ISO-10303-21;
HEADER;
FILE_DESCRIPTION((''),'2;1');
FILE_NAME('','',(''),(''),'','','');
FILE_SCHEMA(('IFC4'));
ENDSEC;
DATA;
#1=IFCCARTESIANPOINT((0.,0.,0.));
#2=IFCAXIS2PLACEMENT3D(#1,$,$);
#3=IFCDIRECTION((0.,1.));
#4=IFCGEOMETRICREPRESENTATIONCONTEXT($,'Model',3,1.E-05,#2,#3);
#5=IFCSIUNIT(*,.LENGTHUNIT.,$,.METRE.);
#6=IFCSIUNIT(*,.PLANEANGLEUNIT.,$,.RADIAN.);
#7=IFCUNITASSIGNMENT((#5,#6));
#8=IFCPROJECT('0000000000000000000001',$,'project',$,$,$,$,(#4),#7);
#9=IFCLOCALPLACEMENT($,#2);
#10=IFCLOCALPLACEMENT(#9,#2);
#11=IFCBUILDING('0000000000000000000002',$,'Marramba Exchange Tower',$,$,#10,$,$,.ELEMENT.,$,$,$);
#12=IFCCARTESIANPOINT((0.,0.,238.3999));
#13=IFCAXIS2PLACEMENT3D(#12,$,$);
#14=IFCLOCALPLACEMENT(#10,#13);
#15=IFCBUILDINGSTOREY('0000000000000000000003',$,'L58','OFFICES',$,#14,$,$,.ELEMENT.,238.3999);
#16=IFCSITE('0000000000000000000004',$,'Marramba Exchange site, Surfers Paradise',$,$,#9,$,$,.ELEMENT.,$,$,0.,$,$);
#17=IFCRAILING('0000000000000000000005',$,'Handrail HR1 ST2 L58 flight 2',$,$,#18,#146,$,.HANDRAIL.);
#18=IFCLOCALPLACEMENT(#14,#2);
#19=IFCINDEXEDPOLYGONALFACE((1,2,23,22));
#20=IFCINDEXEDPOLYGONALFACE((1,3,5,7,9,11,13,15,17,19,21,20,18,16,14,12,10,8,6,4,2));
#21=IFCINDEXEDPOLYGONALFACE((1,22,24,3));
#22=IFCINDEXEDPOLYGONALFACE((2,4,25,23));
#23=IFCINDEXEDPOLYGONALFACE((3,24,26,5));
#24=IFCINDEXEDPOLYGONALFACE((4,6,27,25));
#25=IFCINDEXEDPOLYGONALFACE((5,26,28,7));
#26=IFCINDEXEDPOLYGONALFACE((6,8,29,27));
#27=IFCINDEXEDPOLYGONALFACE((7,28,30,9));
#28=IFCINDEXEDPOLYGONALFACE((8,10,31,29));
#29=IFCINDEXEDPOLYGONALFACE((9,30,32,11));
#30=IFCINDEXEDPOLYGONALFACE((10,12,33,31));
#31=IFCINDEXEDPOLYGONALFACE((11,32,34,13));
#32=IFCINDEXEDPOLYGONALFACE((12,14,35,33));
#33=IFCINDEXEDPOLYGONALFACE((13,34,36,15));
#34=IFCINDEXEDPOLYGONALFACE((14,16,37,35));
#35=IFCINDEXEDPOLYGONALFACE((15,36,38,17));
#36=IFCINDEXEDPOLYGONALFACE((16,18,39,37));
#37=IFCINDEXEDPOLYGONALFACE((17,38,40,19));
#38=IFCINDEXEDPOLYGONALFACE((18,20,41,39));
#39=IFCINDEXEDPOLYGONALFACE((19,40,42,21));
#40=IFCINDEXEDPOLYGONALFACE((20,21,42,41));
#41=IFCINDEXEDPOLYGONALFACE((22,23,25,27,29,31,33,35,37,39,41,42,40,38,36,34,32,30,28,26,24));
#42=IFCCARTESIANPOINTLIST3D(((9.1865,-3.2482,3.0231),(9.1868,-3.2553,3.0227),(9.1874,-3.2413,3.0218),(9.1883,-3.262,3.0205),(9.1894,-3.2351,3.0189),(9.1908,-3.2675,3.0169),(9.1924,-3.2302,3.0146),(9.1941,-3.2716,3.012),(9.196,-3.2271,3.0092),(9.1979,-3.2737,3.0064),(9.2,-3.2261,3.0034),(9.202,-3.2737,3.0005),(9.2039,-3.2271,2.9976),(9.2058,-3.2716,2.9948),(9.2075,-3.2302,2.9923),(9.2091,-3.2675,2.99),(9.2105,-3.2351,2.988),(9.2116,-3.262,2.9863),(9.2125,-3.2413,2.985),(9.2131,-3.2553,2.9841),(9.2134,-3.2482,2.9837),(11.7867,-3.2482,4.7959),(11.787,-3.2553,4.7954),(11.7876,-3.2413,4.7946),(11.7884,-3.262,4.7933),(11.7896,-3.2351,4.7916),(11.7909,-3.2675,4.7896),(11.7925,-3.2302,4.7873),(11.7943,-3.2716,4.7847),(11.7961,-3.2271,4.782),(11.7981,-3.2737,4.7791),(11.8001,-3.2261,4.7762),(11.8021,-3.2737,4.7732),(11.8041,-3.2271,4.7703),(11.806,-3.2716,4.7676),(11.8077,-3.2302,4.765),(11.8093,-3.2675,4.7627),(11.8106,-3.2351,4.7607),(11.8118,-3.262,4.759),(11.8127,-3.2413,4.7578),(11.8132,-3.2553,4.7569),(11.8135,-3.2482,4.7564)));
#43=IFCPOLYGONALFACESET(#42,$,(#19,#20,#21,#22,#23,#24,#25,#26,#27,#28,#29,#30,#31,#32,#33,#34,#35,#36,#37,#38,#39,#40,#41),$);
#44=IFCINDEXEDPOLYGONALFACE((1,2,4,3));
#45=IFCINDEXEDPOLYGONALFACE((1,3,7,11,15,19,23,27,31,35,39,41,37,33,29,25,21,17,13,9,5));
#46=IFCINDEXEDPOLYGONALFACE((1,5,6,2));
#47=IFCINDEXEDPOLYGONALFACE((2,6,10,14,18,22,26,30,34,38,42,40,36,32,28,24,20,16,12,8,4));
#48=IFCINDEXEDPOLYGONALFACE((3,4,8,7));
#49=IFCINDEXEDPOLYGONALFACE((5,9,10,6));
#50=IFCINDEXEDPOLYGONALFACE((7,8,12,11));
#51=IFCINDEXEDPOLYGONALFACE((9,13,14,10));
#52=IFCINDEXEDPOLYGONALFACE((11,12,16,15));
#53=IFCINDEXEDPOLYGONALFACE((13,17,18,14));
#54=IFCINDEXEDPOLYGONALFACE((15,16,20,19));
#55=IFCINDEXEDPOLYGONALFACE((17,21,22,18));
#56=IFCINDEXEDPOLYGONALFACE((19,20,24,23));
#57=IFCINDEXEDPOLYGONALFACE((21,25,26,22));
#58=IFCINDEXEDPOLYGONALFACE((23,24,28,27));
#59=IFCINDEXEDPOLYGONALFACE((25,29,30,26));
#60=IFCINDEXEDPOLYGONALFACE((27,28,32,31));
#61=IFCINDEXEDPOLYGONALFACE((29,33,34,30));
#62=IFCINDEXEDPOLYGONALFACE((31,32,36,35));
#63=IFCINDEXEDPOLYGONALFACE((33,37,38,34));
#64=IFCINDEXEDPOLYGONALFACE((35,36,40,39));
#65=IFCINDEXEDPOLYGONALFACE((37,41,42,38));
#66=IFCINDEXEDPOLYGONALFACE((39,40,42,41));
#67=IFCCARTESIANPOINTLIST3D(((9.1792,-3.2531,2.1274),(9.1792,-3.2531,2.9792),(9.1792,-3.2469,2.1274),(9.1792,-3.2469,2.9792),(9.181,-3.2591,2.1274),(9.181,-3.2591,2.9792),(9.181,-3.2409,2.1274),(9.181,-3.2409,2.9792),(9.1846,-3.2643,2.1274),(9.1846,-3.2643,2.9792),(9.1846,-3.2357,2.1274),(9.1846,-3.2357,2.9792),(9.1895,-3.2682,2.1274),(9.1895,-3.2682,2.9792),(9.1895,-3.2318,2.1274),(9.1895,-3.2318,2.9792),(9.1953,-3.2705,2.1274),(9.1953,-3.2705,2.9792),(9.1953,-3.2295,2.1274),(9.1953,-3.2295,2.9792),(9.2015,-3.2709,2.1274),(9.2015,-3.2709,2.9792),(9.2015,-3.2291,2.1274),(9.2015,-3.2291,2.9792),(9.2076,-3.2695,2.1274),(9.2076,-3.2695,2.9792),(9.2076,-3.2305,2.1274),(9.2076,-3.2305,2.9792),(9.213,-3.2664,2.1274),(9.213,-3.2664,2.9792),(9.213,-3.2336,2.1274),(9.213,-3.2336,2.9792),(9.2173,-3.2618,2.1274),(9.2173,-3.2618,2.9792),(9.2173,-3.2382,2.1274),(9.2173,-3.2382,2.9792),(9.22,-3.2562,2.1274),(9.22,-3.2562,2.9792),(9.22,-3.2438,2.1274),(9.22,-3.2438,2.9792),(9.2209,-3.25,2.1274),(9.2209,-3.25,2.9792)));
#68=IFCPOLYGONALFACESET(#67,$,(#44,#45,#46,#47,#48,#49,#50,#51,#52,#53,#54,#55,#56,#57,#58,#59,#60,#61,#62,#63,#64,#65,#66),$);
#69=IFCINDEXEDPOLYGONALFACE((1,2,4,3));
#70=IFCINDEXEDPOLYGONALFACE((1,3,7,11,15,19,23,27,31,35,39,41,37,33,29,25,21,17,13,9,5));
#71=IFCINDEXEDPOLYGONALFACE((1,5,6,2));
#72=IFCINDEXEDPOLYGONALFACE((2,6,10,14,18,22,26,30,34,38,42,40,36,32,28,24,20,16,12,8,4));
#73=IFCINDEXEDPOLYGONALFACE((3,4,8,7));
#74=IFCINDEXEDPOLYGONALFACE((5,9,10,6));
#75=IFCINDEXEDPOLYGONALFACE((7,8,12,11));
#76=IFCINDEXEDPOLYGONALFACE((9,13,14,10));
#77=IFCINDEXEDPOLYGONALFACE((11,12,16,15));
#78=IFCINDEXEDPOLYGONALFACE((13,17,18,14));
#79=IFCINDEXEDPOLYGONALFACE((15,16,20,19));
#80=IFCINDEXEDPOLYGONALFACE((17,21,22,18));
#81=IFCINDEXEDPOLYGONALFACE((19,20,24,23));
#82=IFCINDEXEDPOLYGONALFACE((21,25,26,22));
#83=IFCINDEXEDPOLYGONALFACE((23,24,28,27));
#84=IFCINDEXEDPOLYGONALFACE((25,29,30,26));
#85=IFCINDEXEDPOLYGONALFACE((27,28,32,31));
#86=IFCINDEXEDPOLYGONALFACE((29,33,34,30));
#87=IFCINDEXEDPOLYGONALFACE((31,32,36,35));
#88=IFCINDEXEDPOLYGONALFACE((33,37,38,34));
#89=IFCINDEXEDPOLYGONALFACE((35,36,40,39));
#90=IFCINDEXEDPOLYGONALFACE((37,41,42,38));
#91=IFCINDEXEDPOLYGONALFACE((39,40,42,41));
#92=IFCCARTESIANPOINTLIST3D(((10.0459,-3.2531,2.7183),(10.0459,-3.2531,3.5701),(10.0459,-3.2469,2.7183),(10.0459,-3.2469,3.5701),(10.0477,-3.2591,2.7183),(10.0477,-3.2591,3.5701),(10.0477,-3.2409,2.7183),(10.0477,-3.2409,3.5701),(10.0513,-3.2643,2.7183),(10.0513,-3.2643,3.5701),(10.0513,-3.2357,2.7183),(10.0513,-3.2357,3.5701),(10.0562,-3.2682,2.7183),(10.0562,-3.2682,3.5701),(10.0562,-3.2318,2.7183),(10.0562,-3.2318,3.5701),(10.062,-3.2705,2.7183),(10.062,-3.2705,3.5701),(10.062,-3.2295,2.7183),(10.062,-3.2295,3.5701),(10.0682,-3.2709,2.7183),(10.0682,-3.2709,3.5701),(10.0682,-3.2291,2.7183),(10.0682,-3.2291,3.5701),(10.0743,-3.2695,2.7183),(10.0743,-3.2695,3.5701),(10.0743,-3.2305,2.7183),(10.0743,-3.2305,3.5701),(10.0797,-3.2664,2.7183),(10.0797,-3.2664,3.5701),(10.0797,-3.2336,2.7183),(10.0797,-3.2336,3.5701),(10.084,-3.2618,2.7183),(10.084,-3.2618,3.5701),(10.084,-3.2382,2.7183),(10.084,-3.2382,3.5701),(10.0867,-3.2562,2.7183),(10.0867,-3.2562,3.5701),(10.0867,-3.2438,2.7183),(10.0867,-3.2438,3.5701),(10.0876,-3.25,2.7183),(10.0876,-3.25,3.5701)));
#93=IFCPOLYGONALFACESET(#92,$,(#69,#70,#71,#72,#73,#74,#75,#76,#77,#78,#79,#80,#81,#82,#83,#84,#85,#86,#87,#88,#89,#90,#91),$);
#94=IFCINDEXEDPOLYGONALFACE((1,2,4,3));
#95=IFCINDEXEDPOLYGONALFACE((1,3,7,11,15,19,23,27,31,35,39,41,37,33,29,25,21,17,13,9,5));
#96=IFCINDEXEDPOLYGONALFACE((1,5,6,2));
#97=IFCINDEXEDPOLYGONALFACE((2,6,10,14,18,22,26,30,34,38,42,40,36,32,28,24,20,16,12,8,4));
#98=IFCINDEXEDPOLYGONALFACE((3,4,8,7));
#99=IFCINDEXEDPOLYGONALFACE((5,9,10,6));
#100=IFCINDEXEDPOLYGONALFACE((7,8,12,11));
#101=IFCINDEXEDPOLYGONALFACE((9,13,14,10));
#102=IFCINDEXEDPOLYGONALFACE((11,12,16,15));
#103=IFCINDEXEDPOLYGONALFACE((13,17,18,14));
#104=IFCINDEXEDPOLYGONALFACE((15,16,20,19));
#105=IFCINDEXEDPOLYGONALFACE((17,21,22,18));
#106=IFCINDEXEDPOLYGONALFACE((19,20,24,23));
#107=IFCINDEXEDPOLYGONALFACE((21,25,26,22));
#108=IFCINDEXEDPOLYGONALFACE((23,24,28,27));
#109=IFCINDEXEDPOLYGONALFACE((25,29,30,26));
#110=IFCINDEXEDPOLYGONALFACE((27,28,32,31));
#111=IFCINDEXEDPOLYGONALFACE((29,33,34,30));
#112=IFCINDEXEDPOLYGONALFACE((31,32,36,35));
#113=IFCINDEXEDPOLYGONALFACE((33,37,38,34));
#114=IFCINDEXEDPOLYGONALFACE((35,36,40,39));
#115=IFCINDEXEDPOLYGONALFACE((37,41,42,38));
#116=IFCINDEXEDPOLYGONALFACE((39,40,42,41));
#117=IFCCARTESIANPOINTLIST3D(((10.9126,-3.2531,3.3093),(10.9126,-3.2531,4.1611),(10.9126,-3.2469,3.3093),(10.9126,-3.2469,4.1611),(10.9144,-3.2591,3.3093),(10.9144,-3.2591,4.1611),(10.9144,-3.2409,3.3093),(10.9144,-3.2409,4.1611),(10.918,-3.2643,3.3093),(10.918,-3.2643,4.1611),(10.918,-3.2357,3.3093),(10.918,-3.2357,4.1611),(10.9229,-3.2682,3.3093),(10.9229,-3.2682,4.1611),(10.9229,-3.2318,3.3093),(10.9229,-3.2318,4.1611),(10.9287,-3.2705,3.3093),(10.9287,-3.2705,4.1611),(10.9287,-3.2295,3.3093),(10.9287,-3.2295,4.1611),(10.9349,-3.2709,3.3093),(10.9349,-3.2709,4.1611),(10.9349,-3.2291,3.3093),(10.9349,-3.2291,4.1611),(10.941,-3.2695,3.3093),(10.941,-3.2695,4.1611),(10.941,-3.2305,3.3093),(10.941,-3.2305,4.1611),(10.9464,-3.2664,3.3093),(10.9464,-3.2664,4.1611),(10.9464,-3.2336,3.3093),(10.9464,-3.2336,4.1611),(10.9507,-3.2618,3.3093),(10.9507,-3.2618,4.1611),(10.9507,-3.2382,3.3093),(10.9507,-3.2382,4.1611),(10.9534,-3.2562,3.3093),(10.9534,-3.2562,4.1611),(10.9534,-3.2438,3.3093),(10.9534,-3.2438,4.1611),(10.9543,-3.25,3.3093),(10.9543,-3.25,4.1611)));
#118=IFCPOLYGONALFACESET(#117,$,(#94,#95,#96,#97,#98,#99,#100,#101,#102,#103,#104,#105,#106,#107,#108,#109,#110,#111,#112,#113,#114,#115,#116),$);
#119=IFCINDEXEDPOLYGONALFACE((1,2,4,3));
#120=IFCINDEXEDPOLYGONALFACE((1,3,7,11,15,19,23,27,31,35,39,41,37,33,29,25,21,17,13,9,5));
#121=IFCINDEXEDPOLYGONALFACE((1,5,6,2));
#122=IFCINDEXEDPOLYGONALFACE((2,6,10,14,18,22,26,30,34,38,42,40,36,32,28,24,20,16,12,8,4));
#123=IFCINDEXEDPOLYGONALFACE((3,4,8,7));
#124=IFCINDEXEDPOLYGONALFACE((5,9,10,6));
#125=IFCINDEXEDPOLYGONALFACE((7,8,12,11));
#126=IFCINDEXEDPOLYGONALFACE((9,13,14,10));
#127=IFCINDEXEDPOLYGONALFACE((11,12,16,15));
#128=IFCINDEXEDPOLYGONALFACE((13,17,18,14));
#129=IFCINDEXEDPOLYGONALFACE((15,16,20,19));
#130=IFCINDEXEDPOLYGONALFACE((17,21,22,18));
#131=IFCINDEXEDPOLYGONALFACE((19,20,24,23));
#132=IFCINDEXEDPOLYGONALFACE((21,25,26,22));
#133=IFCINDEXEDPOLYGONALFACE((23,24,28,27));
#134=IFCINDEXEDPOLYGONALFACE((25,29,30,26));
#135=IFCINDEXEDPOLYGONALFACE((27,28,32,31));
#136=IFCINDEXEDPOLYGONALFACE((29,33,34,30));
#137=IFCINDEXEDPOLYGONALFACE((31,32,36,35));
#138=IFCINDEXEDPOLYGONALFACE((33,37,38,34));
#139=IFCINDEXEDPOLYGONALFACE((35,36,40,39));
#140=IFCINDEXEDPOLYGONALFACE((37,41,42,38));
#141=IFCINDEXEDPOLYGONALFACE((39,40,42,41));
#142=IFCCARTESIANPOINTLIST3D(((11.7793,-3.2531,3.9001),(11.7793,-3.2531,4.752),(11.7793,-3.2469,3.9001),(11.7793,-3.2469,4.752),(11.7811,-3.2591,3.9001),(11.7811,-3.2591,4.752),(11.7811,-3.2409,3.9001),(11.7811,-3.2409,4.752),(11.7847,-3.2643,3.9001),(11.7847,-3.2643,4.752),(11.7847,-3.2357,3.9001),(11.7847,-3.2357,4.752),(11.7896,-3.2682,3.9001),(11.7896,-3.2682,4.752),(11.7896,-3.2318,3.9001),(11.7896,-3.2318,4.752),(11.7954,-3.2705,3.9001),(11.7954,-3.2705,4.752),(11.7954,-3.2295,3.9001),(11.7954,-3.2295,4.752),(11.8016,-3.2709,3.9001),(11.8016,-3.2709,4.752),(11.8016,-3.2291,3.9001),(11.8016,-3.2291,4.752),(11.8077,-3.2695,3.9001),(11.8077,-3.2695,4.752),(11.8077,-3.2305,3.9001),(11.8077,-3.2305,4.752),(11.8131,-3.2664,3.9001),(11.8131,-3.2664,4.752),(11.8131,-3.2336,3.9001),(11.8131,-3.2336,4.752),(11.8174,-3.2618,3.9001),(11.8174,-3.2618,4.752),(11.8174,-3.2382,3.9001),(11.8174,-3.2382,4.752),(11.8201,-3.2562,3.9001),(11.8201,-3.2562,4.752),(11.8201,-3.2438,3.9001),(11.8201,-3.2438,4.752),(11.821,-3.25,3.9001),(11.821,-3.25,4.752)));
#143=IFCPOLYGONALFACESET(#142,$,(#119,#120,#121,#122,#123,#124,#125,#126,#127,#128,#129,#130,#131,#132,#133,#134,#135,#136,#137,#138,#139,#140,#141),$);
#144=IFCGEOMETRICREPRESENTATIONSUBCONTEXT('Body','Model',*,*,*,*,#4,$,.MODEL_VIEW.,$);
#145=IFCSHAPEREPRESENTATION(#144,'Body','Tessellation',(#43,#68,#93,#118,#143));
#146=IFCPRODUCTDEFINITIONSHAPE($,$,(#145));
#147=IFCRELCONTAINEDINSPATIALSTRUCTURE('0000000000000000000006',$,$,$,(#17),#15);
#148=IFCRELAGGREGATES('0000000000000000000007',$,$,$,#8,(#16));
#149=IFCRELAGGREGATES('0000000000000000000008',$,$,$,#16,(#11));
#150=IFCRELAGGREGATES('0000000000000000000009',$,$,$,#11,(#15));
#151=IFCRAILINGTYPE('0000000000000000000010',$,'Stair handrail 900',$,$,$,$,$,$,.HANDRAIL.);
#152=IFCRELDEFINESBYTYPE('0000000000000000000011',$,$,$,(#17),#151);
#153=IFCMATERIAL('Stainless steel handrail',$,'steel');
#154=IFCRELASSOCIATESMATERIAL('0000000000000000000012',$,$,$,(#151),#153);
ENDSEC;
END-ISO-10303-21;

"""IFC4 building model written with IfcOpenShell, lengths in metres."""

from ifc_helpers import new_model, si_unit, direction, frame, origin, origin_2d, place, context, subcontext, project, spatial, circle, extrude, material, type_object, element, save


model = new_model("IFC4")

# Units and contexts
model_context = context("Model", 3, precision=1e-05, world=origin(), true_north=direction((0.0, 1.0)))
body_context = subcontext(model_context, "Body", "Model", "MODEL_VIEW")
ifc_project = project(units=[si_unit("LENGTHUNIT", "METRE"), si_unit("PLANEANGLEUNIT", "RADIAN")], contexts=[model_context])

# Site, building, storey
site_placement = place(None, origin())
site = spatial("IfcSite", under=ifc_project, at=site_placement, Name="Marramba Exchange site, Surfers Paradise", CompositionType="ELEMENT", RefElevation=0.0)
building_placement = place(site_placement, origin())
building = spatial("IfcBuilding", under=site, at=building_placement, Name="Marramba Exchange Tower", CompositionType="ELEMENT")
storey_placement = place(building_placement, frame((0.0, 0.0, 238.3999)))
storey = spatial("IfcBuildingStorey", under=building, at=storey_placement, Name="L58", Description="OFFICES", CompositionType="ELEMENT", Elevation=238.3999)

# Railing
ifc_material_1 = material(Name="Stainless steel handrail", Category="steel")
railing_type = type_object("IfcRailingType", Name="Stair handrail 900", PredefinedType="HANDRAIL", material=ifc_material_1)
railing_1_placement = place(storey_placement, frame((9.2, -3.25, 2.1274)))
element("IfcRailing", 1, at=railing_1_placement, inside=storey, type_object=railing_type, Name="Handrail HR1 ST2 L58 flight 2", PredefinedType="HANDRAIL", context=body_context, shape_type="SweptSolid", body=[
    extrude(circle(Radius=0.0239, at=origin_2d()), frame((0.0, 0.0, 0.876), z_axis=(0.82624, 0.0, 0.563318), x_axis=(0.0, 1.0, 0.0)), (0.0, 0.0, 1.0), 3.147),
    extrude(circle(Radius=0.021, at=origin_2d()), origin(), (0.0, 0.0, 1.0), 0.8518),
    extrude(circle(Radius=0.021, at=origin_2d()), frame((0.8667, 0.0, 0.5908)), (0.0, 0.0, 1.0), 0.8518),
    extrude(circle(Radius=0.021, at=origin_2d()), frame((1.7334, 0.0, 1.1819)), (0.0, 0.0, 1.0), 0.8518),
    extrude(circle(Radius=0.021, at=origin_2d()), frame((2.6001, 0.0, 1.7727)), (0.0, 0.0, 1.0), 0.8518),
])

save(model, "model.ifc")
